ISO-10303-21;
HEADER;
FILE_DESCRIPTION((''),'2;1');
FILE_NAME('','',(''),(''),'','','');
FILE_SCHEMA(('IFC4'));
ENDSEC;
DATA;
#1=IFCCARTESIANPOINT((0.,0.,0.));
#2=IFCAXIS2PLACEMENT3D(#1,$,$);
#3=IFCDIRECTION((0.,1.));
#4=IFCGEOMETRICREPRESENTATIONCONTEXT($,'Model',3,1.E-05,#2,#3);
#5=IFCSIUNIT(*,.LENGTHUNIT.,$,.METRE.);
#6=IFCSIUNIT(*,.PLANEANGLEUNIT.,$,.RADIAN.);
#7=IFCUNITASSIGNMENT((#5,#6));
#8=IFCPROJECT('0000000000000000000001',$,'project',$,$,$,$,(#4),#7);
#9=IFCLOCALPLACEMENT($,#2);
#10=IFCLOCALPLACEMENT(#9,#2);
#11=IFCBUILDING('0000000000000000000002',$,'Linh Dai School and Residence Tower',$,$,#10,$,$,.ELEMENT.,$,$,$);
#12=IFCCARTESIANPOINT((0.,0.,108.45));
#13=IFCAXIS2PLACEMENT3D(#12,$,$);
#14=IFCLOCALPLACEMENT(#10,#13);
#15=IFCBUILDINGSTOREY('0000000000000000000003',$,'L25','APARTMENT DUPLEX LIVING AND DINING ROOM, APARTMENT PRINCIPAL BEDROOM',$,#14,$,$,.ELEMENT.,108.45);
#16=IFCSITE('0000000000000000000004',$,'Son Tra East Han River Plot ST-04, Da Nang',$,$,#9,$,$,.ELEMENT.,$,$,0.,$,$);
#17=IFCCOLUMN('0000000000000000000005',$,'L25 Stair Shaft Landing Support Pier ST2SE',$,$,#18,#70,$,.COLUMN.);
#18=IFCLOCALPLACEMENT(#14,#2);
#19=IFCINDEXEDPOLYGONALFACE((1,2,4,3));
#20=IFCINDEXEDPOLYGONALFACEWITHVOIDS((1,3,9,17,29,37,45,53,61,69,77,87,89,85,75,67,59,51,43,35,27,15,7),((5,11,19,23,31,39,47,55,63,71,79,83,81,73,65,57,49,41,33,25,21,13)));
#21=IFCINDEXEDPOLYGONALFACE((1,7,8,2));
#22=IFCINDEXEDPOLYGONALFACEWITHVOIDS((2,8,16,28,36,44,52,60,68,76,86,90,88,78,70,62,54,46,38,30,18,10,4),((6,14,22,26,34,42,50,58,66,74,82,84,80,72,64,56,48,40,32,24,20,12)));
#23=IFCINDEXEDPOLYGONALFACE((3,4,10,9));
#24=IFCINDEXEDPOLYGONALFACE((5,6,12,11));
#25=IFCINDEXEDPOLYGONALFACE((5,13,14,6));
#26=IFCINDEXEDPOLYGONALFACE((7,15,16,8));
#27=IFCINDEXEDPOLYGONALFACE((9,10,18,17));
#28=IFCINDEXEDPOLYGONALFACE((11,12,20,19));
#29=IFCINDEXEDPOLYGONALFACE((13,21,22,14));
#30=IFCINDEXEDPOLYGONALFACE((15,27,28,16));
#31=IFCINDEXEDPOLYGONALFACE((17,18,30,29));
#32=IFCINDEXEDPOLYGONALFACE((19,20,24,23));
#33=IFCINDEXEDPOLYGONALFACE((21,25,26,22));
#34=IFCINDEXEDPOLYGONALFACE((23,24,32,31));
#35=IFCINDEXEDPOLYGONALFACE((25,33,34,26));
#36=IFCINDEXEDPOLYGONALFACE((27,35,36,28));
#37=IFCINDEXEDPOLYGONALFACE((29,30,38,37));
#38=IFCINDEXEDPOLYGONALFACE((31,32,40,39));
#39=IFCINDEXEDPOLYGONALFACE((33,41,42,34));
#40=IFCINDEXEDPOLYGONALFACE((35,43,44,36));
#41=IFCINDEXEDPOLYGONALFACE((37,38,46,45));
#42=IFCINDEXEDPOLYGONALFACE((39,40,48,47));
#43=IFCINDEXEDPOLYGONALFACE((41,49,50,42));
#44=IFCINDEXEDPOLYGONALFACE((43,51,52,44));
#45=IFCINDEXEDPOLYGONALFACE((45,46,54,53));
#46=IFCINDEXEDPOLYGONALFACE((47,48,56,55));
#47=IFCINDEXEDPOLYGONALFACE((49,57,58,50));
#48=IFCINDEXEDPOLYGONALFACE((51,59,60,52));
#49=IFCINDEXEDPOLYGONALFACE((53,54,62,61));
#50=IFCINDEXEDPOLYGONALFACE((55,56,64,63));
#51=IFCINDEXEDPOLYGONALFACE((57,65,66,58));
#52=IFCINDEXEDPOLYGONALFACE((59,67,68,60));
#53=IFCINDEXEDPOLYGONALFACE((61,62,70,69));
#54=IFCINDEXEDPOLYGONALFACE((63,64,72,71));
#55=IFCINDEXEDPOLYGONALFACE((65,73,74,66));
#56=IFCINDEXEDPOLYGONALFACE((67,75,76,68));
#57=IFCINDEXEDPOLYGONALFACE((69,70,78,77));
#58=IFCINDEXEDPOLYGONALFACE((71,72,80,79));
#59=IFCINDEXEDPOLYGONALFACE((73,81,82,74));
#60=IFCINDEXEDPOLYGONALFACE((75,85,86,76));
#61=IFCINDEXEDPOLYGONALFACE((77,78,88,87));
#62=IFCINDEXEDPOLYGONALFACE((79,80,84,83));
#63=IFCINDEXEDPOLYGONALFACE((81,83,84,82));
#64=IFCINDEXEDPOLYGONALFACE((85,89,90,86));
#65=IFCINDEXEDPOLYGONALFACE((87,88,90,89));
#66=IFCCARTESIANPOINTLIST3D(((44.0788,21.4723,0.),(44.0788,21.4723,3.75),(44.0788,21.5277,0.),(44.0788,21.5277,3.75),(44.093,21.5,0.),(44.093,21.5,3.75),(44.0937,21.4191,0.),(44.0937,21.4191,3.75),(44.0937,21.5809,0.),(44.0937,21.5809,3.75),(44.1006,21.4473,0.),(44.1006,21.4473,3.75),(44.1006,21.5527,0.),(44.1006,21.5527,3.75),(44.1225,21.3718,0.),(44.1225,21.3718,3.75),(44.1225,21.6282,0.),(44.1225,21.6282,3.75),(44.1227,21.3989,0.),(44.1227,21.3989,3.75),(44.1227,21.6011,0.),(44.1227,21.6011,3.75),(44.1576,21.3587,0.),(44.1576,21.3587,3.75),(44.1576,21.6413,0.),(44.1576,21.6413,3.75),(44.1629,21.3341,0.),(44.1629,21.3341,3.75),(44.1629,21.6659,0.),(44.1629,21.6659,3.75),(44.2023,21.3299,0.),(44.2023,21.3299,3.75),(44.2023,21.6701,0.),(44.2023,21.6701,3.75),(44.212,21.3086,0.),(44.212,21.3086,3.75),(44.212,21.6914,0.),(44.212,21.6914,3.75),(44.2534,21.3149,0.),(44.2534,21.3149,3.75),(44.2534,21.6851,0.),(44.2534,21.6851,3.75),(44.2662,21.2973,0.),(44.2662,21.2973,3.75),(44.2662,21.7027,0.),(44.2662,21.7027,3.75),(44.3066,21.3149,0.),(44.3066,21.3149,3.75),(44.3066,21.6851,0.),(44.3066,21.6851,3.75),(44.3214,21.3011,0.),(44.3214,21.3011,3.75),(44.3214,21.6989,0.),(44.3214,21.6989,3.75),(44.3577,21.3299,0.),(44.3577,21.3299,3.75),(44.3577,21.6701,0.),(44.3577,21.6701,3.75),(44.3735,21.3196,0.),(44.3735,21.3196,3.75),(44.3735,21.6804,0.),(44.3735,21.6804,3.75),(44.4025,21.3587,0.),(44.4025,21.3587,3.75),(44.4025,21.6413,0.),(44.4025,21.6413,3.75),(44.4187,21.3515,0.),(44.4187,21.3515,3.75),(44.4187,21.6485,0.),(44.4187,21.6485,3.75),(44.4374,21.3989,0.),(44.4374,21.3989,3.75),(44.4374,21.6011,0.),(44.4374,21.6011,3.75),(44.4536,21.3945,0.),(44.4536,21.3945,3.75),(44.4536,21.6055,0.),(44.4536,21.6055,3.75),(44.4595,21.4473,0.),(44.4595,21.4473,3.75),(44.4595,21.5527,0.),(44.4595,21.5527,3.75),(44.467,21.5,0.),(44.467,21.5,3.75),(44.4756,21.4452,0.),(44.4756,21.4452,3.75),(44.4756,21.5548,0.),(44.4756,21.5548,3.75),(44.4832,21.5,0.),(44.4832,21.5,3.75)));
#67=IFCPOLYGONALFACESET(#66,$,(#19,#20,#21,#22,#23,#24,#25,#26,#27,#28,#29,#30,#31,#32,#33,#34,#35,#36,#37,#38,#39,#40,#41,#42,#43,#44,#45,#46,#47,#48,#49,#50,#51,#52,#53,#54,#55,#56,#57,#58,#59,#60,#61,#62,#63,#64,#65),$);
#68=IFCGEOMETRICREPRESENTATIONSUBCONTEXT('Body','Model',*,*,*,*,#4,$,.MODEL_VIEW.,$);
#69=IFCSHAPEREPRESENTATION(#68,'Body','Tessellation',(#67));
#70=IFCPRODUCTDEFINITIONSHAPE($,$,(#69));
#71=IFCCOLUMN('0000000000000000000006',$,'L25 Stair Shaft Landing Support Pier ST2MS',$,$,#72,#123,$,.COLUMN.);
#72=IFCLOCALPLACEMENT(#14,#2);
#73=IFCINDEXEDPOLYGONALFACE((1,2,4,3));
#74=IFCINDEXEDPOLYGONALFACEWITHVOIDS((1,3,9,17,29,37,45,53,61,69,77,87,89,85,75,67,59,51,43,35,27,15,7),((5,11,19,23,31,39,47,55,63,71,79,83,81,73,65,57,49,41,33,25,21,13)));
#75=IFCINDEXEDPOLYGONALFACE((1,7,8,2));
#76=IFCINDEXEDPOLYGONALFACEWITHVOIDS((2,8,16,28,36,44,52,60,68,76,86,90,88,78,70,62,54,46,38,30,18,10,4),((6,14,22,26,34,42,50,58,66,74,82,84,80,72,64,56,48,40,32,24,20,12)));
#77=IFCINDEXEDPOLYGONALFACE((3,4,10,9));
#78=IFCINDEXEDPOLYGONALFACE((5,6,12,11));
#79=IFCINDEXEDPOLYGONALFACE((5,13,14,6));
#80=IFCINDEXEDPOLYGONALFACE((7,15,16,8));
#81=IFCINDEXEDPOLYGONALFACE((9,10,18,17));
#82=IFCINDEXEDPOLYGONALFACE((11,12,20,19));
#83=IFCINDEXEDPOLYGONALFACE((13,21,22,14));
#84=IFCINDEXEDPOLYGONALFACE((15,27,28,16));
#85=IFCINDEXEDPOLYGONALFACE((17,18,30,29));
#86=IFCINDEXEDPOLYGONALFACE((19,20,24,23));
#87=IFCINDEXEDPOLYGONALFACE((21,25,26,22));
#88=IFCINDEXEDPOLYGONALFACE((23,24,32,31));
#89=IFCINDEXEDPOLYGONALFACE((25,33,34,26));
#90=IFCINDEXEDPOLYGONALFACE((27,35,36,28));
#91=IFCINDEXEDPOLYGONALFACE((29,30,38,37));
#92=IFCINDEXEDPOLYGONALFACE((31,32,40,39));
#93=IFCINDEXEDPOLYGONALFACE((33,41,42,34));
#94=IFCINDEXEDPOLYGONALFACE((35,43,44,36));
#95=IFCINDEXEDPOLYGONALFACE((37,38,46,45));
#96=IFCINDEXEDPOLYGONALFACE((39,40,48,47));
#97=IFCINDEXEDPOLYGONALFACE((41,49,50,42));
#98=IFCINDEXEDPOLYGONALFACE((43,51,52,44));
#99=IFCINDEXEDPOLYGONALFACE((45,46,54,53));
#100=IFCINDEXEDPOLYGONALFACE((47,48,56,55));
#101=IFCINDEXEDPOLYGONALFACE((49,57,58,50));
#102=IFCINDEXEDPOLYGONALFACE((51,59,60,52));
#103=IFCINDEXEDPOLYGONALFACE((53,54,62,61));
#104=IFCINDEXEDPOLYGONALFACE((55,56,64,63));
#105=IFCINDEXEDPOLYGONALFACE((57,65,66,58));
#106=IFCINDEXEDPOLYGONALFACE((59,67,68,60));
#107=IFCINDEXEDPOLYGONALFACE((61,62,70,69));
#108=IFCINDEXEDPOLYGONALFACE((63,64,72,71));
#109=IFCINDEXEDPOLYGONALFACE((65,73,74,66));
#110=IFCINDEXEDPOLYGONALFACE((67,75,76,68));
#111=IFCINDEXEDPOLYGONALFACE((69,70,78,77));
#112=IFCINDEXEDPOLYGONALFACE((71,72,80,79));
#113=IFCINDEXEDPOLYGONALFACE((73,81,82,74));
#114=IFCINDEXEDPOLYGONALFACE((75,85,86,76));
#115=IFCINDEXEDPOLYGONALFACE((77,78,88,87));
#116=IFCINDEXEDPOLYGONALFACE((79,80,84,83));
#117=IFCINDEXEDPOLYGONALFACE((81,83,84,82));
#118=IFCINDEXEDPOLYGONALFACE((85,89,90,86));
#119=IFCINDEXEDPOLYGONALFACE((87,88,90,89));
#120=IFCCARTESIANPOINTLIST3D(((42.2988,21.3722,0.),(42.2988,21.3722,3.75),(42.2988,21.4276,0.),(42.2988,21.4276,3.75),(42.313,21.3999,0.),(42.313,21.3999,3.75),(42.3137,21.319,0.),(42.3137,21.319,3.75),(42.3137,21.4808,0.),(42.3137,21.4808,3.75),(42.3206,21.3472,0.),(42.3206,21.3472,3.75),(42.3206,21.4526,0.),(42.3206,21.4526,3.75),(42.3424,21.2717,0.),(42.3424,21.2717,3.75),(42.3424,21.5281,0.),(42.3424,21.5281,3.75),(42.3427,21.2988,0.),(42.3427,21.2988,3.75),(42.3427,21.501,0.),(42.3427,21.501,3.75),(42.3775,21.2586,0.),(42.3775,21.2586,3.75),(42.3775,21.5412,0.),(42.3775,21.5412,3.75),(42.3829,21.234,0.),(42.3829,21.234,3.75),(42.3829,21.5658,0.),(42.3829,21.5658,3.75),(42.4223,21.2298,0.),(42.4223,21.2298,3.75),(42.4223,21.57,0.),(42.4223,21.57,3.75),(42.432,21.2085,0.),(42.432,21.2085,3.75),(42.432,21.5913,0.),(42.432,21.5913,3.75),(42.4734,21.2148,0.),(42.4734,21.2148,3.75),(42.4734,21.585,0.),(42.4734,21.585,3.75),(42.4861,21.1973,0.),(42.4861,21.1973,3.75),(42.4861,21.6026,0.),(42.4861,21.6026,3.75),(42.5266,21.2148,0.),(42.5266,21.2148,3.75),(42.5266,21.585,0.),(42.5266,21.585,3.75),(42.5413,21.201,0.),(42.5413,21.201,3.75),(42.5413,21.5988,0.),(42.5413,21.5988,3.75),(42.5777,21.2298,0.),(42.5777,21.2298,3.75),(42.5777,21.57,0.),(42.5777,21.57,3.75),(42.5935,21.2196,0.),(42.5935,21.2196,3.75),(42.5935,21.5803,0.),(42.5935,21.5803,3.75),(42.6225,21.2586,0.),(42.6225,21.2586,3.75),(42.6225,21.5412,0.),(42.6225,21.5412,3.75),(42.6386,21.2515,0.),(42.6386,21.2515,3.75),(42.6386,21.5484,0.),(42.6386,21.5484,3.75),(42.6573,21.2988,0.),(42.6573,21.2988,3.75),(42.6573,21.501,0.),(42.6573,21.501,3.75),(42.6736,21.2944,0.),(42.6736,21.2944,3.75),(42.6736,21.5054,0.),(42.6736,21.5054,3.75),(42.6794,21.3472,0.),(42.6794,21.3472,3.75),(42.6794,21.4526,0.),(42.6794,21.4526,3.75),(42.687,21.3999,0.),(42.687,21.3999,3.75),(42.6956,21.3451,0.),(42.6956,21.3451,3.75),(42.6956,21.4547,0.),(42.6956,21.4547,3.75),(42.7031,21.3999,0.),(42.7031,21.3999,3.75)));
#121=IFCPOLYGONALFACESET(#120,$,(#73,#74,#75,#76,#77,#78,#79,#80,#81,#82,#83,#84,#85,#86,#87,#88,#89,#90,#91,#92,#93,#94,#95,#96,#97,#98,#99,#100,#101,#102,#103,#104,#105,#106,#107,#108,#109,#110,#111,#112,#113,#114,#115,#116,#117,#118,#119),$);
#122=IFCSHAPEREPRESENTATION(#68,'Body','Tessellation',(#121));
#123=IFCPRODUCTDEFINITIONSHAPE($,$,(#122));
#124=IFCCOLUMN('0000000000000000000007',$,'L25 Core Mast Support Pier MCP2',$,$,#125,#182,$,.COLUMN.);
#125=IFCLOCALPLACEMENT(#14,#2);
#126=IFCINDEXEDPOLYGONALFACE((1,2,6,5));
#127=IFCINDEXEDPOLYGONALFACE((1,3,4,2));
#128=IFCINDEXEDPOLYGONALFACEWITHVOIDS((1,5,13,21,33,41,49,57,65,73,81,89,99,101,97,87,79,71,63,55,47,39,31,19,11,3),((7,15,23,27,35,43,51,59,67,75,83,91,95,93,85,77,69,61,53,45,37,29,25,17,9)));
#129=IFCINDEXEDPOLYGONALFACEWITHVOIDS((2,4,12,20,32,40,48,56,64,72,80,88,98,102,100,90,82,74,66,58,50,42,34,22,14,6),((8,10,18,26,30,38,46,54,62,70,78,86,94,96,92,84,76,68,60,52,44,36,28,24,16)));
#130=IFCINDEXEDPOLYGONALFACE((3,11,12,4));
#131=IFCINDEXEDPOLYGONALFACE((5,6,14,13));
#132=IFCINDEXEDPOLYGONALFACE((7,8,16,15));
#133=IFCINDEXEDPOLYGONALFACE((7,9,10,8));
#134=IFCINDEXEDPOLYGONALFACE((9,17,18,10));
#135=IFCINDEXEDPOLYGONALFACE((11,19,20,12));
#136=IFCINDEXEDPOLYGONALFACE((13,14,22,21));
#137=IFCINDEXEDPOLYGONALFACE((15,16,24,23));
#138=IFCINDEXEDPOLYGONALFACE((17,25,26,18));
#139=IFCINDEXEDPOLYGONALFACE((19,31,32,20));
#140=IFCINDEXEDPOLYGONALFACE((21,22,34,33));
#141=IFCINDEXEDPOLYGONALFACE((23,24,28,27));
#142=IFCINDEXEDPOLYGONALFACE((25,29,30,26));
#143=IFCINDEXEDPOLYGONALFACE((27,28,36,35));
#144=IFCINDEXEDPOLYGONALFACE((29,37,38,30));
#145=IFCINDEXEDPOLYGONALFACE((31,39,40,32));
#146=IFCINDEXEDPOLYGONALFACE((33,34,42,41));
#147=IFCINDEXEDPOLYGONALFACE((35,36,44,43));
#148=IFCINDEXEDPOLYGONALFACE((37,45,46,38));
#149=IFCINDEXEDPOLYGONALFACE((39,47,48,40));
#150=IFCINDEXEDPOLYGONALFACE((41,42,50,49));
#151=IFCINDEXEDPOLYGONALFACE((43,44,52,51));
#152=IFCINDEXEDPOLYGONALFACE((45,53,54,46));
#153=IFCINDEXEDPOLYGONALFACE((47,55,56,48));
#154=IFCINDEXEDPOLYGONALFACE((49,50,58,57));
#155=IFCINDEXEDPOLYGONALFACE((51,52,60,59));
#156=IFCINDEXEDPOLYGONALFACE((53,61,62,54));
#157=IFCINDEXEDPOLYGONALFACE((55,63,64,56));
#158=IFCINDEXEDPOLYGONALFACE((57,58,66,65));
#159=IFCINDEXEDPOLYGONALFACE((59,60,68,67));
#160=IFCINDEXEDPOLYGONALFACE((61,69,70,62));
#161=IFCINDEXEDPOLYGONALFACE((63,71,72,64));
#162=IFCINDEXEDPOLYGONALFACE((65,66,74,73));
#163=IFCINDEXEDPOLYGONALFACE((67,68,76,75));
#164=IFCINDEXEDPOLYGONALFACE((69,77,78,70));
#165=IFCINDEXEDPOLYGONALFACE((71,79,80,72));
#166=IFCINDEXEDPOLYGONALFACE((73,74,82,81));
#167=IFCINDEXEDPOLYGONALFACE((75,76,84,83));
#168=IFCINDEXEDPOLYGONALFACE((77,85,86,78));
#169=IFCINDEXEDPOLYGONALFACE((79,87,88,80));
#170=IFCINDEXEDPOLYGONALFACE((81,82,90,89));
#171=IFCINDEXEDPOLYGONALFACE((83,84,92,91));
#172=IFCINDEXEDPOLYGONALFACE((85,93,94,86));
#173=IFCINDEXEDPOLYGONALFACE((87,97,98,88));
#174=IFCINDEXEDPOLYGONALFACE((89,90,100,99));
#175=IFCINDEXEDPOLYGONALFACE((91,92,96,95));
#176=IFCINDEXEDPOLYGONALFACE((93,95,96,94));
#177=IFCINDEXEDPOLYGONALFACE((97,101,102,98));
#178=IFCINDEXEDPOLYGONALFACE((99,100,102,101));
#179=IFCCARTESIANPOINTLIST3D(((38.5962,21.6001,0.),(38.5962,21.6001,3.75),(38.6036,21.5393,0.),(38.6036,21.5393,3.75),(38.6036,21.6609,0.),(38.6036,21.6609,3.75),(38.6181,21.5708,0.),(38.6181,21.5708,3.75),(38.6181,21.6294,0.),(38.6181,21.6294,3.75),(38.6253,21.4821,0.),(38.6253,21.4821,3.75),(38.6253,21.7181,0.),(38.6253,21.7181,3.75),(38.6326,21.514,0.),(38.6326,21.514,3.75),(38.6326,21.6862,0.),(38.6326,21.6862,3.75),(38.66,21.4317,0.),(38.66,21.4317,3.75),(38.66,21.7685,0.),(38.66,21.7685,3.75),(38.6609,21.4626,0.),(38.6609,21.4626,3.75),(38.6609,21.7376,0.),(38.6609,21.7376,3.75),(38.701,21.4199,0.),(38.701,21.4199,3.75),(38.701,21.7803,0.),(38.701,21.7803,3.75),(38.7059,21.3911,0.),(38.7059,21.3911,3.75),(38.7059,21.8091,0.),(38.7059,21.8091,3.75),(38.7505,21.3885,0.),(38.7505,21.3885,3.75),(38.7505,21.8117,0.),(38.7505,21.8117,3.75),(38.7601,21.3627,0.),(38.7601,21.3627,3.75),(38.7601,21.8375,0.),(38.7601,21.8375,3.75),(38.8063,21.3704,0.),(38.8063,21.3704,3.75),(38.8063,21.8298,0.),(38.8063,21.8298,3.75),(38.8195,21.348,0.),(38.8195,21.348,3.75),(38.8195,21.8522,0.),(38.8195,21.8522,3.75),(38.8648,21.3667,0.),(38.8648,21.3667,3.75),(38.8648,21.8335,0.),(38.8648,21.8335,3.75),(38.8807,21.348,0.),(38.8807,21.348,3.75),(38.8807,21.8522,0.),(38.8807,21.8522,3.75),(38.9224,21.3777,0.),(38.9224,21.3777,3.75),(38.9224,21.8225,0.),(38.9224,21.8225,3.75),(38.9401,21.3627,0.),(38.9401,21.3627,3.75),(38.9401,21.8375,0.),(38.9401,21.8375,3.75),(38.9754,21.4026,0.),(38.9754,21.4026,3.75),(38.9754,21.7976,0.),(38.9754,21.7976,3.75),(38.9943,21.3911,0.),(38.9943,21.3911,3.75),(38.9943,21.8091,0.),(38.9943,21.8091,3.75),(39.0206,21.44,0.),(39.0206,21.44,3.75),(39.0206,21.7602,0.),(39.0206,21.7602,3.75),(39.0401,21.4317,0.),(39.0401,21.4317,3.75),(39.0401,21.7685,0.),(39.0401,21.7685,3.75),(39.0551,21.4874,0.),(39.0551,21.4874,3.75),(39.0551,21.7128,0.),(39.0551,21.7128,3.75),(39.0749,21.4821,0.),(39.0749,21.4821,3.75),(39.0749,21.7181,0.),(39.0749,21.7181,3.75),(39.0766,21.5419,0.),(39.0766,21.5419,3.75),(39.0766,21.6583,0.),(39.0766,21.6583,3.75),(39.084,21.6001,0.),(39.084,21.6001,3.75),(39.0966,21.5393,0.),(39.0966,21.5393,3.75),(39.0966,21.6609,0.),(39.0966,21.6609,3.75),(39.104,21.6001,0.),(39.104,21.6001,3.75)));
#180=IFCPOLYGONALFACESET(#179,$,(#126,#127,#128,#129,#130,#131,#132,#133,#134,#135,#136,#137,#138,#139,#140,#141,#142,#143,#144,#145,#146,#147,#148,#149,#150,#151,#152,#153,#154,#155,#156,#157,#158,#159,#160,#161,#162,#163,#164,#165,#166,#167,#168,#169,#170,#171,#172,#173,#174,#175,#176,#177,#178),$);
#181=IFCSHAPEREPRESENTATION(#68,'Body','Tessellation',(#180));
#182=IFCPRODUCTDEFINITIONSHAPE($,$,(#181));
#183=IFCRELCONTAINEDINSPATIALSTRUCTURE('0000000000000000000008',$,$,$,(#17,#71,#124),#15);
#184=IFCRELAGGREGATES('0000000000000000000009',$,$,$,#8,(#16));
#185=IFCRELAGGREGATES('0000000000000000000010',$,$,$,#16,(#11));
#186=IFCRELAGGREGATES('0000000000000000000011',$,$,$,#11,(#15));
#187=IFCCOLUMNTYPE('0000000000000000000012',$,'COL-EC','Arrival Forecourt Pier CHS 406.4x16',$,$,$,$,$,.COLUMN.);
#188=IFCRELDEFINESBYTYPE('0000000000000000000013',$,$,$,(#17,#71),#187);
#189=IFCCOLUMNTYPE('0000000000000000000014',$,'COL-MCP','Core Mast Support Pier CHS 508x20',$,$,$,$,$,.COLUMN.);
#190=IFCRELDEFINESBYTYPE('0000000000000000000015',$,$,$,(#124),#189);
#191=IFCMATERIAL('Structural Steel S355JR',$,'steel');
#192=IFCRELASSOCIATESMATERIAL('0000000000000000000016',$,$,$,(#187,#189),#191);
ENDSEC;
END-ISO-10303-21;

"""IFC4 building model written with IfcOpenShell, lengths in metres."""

from ifc_helpers import new_model, si_unit, direction, frame, origin, origin_2d, place, context, subcontext, project, spatial, hollow_circle, extrude, material, material_profile, profile_set, type_object, element, save


model = new_model("IFC4")

# Units and contexts
model_context = context("Model", 3, precision=1e-05, world=origin(), true_north=direction((0.0, 1.0)))
body_context = subcontext(model_context, "Body", "Model", "MODEL_VIEW")
ifc_project = project(units=[si_unit("LENGTHUNIT", "METRE"), si_unit("PLANEANGLEUNIT", "RADIAN")], contexts=[model_context])

# Site, building, storey
site_placement = place(None, origin())
site = spatial("IfcSite", under=ifc_project, at=site_placement, Name="Son Tra East Han River Plot ST-04, Da Nang", CompositionType="ELEMENT", RefElevation=0.0)
building_placement = place(site_placement, origin())
building = spatial("IfcBuilding", under=site, at=building_placement, Name="Linh Dai School and Residence Tower", CompositionType="ELEMENT")
storey_placement = place(building_placement, frame((0.0, 0.0, 108.45)))
storey = spatial("IfcBuildingStorey", under=building, at=storey_placement, Name="L25", Description="APARTMENT DUPLEX LIVING AND DINING ROOM, APARTMENT PRINCIPAL BEDROOM", CompositionType="ELEMENT", Elevation=108.45)

# Columns
ifc_material_1 = material(Name="Structural Steel S355JR", Category="steel")
ifc_material_profile_1 = material_profile(ifc_material_1, hollow_circle(Radius=0.2031, WallThickness=0.0161, at=origin_2d()), Name="CHS 406.4x16")
ifc_profile_set_1 = profile_set([ifc_material_profile_1], Name="Structural Steel S355JR")
column_type_1 = type_object("IfcColumnType", Name="COL-EC", Description="Arrival Forecourt Pier CHS 406.4x16", PredefinedType="COLUMN", material=ifc_profile_set_1)
for number, where, z_axis, x_axis, name in (
    (1, (44.28, 21.5, 0.0), (0.0, 0.0, 1.0), (1.0, 0.0, 0.0), "L25 Stair Shaft Landing Support Pier ST2SE"),
    (2, (42.5, 21.3999, 0.0), (0.0, 0.0, 1.0), (1.0, 0.0, 0.0), "L25 Stair Shaft Landing Support Pier ST2MS"),
):
    element("IfcColumn", number, at=place(storey_placement, frame(where, z_axis=z_axis, x_axis=x_axis)), inside=storey, type_object=column_type_1, Name=name, PredefinedType="COLUMN", context=body_context, shape_type="SweptSolid", body=[
        extrude(hollow_circle(Radius=0.2031, WallThickness=0.0161, at=origin_2d()), origin(), (0.0, 0.0, 1.0), 3.75),
    ])
ifc_material_profile_2 = material_profile(ifc_material_1, hollow_circle(Radius=0.2539, WallThickness=0.02, at=origin_2d()), Name="CHS 508x20")
ifc_profile_set_2 = profile_set([ifc_material_profile_2], Name="Structural Steel S355JR")
column_type_2 = type_object("IfcColumnType", Name="COL-MCP", Description="Core Mast Support Pier CHS 508x20", PredefinedType="COLUMN", material=ifc_profile_set_2)
column_placement = place(storey_placement, frame((38.8501, 21.6001, 0.0), z_axis=(0.0, 0.0, 1.0), x_axis=(1.0, 0.0, 0.0)))
element("IfcColumn", 3, at=column_placement, inside=storey, type_object=column_type_2, Name="L25 Core Mast Support Pier MCP2", PredefinedType="COLUMN", context=body_context, shape_type="SweptSolid", body=[
    extrude(hollow_circle(Radius=0.2539, WallThickness=0.02, at=origin_2d()), origin(), (0.0, 0.0, 1.0), 3.75),
])

save(model, "model.ifc")
